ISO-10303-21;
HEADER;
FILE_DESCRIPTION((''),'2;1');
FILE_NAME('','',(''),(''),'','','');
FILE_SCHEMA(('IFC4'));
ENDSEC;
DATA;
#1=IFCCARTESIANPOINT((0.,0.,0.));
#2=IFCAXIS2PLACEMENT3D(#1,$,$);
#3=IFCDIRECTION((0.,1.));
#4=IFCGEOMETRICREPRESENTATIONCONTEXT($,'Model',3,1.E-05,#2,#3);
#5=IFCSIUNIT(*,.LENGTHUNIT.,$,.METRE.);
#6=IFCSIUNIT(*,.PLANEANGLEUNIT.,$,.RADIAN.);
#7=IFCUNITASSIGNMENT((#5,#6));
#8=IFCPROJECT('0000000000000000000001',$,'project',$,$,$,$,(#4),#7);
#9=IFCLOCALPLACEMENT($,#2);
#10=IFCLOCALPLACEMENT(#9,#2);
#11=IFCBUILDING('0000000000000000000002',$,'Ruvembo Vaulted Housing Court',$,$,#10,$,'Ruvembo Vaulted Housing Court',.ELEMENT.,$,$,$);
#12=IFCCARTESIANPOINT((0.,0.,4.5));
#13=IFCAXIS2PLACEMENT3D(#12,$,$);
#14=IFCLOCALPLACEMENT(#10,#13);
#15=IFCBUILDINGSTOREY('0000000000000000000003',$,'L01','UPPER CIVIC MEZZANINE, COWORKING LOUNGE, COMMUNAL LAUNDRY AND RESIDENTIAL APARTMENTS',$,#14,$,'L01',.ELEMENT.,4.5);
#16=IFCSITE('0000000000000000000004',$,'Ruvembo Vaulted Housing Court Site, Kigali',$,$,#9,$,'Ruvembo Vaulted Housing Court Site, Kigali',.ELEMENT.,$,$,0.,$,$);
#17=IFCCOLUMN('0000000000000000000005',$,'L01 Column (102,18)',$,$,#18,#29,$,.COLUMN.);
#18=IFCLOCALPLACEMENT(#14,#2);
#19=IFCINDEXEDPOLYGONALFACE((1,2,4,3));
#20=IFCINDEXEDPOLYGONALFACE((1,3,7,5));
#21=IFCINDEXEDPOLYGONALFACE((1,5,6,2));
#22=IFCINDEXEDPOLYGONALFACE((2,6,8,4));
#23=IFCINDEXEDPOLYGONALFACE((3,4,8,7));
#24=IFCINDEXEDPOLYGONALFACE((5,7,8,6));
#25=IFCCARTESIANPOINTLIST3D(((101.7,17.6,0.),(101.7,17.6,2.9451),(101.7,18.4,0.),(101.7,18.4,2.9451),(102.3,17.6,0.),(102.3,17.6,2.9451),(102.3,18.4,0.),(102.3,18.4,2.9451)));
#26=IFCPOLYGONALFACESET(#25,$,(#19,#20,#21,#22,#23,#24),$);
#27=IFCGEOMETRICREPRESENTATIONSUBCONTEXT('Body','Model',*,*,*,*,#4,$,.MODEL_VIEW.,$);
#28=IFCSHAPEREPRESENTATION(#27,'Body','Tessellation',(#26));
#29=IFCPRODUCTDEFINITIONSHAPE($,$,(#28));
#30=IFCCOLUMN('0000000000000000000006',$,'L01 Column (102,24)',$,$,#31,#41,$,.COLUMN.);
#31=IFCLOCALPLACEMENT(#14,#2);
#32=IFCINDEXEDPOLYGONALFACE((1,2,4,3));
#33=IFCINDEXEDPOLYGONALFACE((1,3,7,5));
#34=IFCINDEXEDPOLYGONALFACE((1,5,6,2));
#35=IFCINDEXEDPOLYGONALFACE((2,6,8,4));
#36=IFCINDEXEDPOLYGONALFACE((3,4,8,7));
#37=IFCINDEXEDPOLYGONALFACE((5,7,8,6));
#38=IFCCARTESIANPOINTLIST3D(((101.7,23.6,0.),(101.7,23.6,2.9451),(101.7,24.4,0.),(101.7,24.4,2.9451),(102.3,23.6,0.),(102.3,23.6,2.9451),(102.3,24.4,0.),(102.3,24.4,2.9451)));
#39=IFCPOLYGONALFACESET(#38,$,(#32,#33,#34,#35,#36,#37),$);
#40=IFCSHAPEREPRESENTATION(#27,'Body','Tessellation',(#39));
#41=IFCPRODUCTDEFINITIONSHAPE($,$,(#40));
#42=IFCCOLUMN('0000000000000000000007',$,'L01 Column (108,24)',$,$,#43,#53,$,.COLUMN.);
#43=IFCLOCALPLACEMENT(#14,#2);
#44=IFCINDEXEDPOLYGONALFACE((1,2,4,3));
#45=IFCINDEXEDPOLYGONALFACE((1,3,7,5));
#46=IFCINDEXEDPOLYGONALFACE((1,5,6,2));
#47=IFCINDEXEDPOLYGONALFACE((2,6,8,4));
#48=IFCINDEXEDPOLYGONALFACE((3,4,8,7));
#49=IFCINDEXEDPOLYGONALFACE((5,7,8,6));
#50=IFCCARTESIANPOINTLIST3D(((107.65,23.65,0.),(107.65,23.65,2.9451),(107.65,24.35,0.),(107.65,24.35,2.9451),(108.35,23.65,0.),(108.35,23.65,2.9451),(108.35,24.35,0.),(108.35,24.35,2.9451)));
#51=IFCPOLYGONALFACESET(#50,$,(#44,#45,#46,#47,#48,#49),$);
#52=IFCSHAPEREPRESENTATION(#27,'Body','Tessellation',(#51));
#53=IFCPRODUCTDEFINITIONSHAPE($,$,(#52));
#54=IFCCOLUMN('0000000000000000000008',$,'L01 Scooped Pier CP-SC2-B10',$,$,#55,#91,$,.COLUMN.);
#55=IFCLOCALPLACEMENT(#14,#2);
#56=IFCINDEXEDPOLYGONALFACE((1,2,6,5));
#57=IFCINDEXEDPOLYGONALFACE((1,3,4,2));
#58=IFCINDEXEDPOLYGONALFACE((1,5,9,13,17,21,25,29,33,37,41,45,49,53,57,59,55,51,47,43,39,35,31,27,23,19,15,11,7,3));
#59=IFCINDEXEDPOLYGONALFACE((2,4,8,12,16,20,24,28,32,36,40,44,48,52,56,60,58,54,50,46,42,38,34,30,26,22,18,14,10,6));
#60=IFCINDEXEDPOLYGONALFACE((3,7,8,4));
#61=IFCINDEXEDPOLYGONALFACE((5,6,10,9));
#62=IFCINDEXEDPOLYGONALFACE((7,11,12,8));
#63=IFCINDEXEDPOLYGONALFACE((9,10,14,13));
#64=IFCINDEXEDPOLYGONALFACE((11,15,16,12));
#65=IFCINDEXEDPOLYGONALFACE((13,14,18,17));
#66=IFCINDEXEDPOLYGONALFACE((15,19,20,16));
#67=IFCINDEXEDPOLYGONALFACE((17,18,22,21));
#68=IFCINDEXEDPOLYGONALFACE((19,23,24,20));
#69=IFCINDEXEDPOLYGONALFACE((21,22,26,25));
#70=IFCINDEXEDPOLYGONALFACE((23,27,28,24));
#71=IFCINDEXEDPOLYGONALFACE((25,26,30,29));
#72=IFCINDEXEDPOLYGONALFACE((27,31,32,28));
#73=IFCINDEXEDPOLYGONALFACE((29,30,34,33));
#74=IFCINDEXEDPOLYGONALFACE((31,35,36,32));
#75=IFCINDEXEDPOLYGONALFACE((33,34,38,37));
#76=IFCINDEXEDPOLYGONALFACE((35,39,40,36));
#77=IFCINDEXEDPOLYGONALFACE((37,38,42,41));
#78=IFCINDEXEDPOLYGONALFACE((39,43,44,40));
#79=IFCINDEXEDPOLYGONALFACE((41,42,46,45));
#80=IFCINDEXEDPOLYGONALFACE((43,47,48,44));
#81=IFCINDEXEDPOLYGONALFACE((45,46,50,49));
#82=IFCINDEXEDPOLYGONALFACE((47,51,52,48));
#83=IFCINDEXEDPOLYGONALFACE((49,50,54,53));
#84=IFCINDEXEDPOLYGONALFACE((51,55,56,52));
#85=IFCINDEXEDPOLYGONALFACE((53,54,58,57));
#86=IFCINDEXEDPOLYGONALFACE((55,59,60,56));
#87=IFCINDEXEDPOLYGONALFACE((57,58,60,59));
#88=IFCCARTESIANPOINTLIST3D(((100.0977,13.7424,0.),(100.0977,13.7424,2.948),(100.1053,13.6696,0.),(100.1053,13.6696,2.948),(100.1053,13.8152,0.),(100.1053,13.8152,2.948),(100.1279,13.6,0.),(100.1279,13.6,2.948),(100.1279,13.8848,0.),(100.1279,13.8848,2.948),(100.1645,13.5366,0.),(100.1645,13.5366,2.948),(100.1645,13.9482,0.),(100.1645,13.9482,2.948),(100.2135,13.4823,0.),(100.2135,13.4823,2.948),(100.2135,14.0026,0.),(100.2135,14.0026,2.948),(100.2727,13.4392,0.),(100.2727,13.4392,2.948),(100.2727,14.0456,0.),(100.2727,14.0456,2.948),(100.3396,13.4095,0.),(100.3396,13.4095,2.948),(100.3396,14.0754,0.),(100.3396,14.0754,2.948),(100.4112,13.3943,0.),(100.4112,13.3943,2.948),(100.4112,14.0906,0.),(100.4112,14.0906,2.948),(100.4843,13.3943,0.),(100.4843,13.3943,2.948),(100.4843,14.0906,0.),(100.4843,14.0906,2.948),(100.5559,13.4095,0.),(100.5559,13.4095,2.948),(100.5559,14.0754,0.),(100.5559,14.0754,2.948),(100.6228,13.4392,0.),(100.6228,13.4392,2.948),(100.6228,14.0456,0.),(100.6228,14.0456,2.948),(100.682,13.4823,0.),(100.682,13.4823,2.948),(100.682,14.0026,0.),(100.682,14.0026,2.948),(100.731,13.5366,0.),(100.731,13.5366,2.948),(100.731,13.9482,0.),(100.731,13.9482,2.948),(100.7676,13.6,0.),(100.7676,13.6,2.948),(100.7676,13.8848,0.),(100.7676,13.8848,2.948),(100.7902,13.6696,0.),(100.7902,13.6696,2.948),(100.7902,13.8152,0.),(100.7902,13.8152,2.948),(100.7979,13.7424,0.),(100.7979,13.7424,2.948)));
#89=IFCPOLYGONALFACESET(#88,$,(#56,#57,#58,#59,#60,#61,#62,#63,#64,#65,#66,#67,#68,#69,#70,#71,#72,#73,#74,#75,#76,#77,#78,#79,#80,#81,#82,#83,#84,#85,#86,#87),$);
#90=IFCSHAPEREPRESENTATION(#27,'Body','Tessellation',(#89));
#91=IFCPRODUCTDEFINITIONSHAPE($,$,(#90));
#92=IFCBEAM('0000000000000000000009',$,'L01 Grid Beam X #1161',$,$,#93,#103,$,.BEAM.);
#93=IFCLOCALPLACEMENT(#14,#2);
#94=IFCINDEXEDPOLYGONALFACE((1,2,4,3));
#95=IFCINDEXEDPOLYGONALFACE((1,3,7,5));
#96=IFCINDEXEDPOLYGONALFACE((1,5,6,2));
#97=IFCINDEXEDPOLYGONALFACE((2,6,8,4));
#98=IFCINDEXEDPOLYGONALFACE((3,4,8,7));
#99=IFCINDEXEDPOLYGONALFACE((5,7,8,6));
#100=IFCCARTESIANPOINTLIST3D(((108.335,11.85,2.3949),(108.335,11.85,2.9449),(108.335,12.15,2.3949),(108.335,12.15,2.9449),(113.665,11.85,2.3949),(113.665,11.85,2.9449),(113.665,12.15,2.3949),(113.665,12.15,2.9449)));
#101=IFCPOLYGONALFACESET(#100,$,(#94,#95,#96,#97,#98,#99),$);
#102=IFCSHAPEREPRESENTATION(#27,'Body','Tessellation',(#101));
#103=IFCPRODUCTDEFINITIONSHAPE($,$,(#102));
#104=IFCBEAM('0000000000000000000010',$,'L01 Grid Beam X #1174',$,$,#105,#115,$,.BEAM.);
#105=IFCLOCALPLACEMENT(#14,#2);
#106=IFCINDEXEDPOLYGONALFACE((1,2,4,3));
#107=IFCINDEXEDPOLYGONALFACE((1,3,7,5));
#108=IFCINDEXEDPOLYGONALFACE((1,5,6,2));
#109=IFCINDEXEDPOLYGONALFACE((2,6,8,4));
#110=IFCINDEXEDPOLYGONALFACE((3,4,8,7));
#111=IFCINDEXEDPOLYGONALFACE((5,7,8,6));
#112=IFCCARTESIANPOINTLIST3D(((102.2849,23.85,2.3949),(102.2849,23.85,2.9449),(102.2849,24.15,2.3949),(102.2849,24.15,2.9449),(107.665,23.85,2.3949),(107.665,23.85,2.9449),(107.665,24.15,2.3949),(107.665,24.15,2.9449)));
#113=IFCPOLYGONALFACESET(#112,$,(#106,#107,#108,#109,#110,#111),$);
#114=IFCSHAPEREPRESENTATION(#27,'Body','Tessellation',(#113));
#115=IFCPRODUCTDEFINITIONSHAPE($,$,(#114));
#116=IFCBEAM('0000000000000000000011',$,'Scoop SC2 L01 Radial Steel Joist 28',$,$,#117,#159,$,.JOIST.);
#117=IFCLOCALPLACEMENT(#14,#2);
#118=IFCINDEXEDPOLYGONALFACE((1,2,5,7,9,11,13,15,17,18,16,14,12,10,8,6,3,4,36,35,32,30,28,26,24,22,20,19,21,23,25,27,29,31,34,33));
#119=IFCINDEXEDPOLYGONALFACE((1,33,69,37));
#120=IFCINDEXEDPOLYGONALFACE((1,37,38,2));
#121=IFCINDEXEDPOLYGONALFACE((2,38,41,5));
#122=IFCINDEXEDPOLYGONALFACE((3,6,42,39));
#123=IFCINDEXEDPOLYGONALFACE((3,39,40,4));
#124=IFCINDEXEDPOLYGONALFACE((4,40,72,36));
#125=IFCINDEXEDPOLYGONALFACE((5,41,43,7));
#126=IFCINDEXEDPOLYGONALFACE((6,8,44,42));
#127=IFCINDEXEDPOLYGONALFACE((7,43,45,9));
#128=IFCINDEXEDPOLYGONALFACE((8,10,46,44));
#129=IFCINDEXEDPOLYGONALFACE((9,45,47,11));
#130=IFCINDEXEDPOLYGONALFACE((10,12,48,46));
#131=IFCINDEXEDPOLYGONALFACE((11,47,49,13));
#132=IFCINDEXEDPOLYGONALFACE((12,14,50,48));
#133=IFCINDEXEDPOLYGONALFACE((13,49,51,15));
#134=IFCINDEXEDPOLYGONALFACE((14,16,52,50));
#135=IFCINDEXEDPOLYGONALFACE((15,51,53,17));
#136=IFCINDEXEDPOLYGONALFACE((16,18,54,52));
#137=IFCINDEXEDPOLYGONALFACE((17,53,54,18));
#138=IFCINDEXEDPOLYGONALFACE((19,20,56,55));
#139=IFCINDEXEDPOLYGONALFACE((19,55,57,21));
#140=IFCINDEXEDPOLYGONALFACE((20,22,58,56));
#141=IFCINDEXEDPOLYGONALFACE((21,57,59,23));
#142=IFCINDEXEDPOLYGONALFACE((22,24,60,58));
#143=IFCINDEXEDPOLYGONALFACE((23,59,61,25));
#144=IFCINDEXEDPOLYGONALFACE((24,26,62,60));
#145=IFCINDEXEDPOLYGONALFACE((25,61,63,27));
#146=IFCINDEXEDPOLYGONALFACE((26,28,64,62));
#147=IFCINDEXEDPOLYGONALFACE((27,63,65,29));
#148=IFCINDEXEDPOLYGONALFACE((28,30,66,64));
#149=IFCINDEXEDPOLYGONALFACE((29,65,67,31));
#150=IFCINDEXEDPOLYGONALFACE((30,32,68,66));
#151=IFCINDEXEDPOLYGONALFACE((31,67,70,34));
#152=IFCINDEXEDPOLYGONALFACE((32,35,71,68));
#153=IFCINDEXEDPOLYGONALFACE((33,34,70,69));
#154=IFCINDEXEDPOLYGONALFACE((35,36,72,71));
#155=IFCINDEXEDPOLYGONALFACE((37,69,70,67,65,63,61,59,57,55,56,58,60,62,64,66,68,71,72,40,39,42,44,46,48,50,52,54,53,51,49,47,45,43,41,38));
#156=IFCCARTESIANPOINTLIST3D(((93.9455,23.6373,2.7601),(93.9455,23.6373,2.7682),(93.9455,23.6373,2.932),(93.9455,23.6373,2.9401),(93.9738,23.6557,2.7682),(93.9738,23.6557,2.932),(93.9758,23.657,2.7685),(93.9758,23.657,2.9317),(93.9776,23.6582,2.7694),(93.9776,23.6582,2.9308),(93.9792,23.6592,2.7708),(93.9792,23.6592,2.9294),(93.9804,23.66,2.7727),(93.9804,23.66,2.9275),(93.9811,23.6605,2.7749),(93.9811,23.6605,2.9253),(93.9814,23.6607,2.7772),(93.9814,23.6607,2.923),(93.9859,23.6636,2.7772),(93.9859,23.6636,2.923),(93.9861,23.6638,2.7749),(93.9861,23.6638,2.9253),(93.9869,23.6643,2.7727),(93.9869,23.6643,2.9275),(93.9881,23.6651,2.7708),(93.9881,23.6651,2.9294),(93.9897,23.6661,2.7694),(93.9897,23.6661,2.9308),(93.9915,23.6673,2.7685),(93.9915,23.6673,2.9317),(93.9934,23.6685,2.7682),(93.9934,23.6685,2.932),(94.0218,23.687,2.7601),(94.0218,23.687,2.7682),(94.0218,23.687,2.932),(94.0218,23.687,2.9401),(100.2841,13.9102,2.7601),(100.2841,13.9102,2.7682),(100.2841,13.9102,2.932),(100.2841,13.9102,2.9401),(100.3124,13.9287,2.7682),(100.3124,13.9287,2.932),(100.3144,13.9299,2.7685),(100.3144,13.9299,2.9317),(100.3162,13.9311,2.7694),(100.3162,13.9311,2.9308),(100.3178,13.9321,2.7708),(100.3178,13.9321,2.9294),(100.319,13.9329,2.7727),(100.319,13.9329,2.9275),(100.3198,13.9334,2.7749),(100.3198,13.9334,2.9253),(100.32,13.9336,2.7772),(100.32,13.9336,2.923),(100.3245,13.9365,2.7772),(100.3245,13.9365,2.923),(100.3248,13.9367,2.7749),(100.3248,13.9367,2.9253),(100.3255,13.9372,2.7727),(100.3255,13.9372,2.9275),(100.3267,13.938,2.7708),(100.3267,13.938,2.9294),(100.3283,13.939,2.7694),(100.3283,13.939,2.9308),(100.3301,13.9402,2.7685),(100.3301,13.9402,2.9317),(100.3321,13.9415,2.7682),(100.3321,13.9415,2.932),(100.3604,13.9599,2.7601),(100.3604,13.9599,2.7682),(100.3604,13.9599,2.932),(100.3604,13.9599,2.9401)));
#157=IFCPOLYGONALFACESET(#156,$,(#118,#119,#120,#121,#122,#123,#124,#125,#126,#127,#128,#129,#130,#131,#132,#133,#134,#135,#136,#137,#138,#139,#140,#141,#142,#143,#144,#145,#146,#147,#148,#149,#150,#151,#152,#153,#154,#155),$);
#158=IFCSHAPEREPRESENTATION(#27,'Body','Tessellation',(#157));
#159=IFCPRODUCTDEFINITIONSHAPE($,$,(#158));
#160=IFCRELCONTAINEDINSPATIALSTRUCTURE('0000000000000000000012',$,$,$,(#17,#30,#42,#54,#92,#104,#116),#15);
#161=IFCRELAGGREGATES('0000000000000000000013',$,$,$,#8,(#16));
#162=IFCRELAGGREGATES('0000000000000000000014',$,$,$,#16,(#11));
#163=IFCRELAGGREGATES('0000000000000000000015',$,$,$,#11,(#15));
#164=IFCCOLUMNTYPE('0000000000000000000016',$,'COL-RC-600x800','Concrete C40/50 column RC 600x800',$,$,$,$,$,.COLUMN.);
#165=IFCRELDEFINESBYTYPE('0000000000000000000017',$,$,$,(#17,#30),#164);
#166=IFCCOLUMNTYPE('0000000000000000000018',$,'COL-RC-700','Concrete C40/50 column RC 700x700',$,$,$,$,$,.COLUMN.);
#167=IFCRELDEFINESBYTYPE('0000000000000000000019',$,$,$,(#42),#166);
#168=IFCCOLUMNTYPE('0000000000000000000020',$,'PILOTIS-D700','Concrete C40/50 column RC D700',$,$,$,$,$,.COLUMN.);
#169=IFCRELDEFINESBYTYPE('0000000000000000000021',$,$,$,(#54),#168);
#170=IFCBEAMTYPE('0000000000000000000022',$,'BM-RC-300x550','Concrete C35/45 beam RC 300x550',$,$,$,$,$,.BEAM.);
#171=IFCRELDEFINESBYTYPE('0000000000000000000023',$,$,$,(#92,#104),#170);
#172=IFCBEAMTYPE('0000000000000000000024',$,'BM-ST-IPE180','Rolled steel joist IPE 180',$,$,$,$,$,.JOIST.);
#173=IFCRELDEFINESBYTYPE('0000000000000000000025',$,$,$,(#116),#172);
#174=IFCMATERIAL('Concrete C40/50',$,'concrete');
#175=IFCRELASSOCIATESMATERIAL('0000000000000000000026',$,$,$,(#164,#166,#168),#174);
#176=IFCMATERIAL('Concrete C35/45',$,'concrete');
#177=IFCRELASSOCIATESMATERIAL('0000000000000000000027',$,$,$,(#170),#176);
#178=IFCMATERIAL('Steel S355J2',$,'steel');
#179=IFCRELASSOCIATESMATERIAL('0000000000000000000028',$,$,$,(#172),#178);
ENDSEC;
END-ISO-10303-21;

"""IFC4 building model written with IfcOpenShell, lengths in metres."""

from ifc_helpers import new_model, si_unit, direction, frame, origin, origin_2d, place, context, subcontext, project, spatial, rectangle, circle, i_section, extrude, material, material_profile, profile_set, type_object, element, save


model = new_model("IFC4")

# Units and contexts
model_context = context("Model", 3, precision=1e-05, world=origin(), true_north=direction((0.0, 1.0)))
body_context = subcontext(model_context, "Body", "Model", "MODEL_VIEW")
ifc_project = project(units=[si_unit("LENGTHUNIT", "METRE"), si_unit("PLANEANGLEUNIT", "RADIAN")], contexts=[model_context])

# Site, building, storey
site_placement = place(None, origin())
site = spatial("IfcSite", under=ifc_project, at=site_placement, Name="Ruvembo Vaulted Housing Court Site, Kigali", LongName="Ruvembo Vaulted Housing Court Site, Kigali", CompositionType="ELEMENT", RefElevation=0.0)
building_placement = place(site_placement, origin())
building = spatial("IfcBuilding", under=site, at=building_placement, Name="Ruvembo Vaulted Housing Court", LongName="Ruvembo Vaulted Housing Court", CompositionType="ELEMENT")
storey_placement = place(building_placement, frame((0.0, 0.0, 4.5)))
storey = spatial("IfcBuildingStorey", under=building, at=storey_placement, Name="L01", Description="UPPER CIVIC MEZZANINE, COWORKING LOUNGE, COMMUNAL LAUNDRY AND RESIDENTIAL APARTMENTS", LongName="L01", CompositionType="ELEMENT", Elevation=4.5)

# Columns
ifc_material_1 = material(Name="Concrete C40/50", Category="concrete")
ifc_material_profile_1 = material_profile(ifc_material_1, rectangle(XDim=0.6001, YDim=0.8, at=origin_2d()), Name="RC 600x800")
ifc_profile_set_1 = profile_set([ifc_material_profile_1], Name="Concrete C40/50")
column_type_1 = type_object("IfcColumnType", Name="COL-RC-600x800", Description="Concrete C40/50 column RC 600x800", PredefinedType="COLUMN", material=ifc_profile_set_1)
for number, where, z_axis, x_axis, name in (
    (1, (102.0, 18.0, 0.0), (0.0, 0.0, 1.0), (1.0, 0.0, 0.0), "L01 Column (102,18)"),
    (2, (102.0, 24.0, 0.0), (0.0, 0.0, 1.0), (1.0, 0.0, 0.0), "L01 Column (102,24)"),
):
    element("IfcColumn", number, at=place(storey_placement, frame(where, z_axis=z_axis, x_axis=x_axis)), inside=storey, type_object=column_type_1, Name=name, PredefinedType="COLUMN", context=body_context, shape_type="SweptSolid", body=[
        extrude(rectangle(XDim=0.6001, YDim=0.8, at=origin_2d()), origin(), (0.0, 0.0, 1.0), 2.9451),
    ])
ifc_material_profile_2 = material_profile(ifc_material_1, rectangle(XDim=0.7, YDim=0.7, at=origin_2d()), Name="RC 700x700")
ifc_profile_set_2 = profile_set([ifc_material_profile_2], Name="Concrete C40/50")
column_type_2 = type_object("IfcColumnType", Name="COL-RC-700", Description="Concrete C40/50 column RC 700x700", PredefinedType="COLUMN", material=ifc_profile_set_2)
column_1_placement = place(storey_placement, frame((108.0, 24.0, 0.0), z_axis=(0.0, 0.0, 1.0), x_axis=(1.0, 0.0, 0.0)))
element("IfcColumn", 3, at=column_1_placement, inside=storey, type_object=column_type_2, Name="L01 Column (108,24)", PredefinedType="COLUMN", context=body_context, shape_type="SweptSolid", body=[
    extrude(rectangle(XDim=0.7, YDim=0.7, at=origin_2d()), origin(), (0.0, 0.0, 1.0), 2.9451),
])
ifc_material_profile_3 = material_profile(ifc_material_1, circle(Radius=0.3501, at=origin_2d()), Name="RC D700")
ifc_profile_set_3 = profile_set([ifc_material_profile_3], Name="Concrete C40/50")
column_type_3 = type_object("IfcColumnType", Name="PILOTIS-D700", Description="Concrete C40/50 column RC D700", PredefinedType="COLUMN", material=ifc_profile_set_3)
column_2_placement = place(storey_placement, frame((100.4478, 13.7424, 0.0), z_axis=(0.0, 0.0, 1.0), x_axis=(1.0, 0.0, 0.0)))
element("IfcColumn", 4, at=column_2_placement, inside=storey, type_object=column_type_3, Name="L01 Scooped Pier CP-SC2-B10", PredefinedType="COLUMN", context=body_context, shape_type="SweptSolid", body=[
    extrude(circle(Radius=0.3501, at=origin_2d()), origin(), (0.0, 0.0, 1.0), 2.948),
])

# Beams
ifc_material_2 = material(Name="Concrete C35/45", Category="concrete")
ifc_material_profile_4 = material_profile(ifc_material_2, rectangle(XDim=0.3, YDim=0.55, at=origin_2d()), Name="RC 300x550")
ifc_profile_set_4 = profile_set([ifc_material_profile_4], Name="Concrete C35/45")
beam_type_1 = type_object("IfcBeamType", Name="BM-RC-300x550", Description="Concrete C35/45 beam RC 300x550", PredefinedType="BEAM", material=ifc_profile_set_4)
beam_1_placement = place(storey_placement, frame((108.335, 12.0, 2.6699), z_axis=(1.0, 0.0, 0.0), x_axis=(0.0, 1.0, 0.0)))
element("IfcBeam", 5, at=beam_1_placement, inside=storey, type_object=beam_type_1, Name="L01 Grid Beam X #1161", PredefinedType="BEAM", context=body_context, shape_type="SweptSolid", body=[
    extrude(rectangle(XDim=0.3, YDim=0.55, at=origin_2d()), origin(), (0.0, 0.0, 1.0), 5.3301),
])
beam_2_placement = place(storey_placement, frame((102.2849, 24.0, 2.6699), z_axis=(1.0, 0.0, 0.0), x_axis=(0.0, 1.0, 0.0)))
element("IfcBeam", 6, at=beam_2_placement, inside=storey, type_object=beam_type_1, Name="L01 Grid Beam X #1174", PredefinedType="BEAM", context=body_context, shape_type="SweptSolid", body=[
    extrude(rectangle(XDim=0.3, YDim=0.55, at=origin_2d()), origin(), (0.0, 0.0, 1.0), 5.3801),
])
ifc_material_3 = material(Name="Steel S355J2", Category="steel")
ifc_material_profile_5 = material_profile(ifc_material_3, i_section(OverallWidth=0.0911, OverallDepth=0.1799, WebThickness=0.0054, FlangeThickness=0.0081, FilletRadius=0.009, at=origin_2d()), Name="IPE 180")
ifc_profile_set_5 = profile_set([ifc_material_profile_5], Name="Steel S355J2")
beam_type_2 = type_object("IfcBeamType", Name="BM-ST-IPE180", Description="Rolled steel joist IPE 180", PredefinedType="JOIST", material=ifc_profile_set_5)
beam_3_placement = place(storey_placement, frame((100.3223, 13.9351, 2.8501), z_axis=(-0.545959, 0.837812, 0.0), x_axis=(-0.837812, -0.545959, 0.0)))
element("IfcBeam", 7, at=beam_3_placement, inside=storey, type_object=beam_type_2, Name="Scoop SC2 L01 Radial Steel Joist 28", PredefinedType="JOIST", context=body_context, shape_type="SweptSolid", body=[
    extrude(i_section(OverallWidth=0.0911, OverallDepth=0.1799, WebThickness=0.0054, FlangeThickness=0.0081, FilletRadius=0.009, at=origin_2d()), origin(), (0.0, 0.0, 1.0), 11.6101),
])

save(model, "model.ifc")
